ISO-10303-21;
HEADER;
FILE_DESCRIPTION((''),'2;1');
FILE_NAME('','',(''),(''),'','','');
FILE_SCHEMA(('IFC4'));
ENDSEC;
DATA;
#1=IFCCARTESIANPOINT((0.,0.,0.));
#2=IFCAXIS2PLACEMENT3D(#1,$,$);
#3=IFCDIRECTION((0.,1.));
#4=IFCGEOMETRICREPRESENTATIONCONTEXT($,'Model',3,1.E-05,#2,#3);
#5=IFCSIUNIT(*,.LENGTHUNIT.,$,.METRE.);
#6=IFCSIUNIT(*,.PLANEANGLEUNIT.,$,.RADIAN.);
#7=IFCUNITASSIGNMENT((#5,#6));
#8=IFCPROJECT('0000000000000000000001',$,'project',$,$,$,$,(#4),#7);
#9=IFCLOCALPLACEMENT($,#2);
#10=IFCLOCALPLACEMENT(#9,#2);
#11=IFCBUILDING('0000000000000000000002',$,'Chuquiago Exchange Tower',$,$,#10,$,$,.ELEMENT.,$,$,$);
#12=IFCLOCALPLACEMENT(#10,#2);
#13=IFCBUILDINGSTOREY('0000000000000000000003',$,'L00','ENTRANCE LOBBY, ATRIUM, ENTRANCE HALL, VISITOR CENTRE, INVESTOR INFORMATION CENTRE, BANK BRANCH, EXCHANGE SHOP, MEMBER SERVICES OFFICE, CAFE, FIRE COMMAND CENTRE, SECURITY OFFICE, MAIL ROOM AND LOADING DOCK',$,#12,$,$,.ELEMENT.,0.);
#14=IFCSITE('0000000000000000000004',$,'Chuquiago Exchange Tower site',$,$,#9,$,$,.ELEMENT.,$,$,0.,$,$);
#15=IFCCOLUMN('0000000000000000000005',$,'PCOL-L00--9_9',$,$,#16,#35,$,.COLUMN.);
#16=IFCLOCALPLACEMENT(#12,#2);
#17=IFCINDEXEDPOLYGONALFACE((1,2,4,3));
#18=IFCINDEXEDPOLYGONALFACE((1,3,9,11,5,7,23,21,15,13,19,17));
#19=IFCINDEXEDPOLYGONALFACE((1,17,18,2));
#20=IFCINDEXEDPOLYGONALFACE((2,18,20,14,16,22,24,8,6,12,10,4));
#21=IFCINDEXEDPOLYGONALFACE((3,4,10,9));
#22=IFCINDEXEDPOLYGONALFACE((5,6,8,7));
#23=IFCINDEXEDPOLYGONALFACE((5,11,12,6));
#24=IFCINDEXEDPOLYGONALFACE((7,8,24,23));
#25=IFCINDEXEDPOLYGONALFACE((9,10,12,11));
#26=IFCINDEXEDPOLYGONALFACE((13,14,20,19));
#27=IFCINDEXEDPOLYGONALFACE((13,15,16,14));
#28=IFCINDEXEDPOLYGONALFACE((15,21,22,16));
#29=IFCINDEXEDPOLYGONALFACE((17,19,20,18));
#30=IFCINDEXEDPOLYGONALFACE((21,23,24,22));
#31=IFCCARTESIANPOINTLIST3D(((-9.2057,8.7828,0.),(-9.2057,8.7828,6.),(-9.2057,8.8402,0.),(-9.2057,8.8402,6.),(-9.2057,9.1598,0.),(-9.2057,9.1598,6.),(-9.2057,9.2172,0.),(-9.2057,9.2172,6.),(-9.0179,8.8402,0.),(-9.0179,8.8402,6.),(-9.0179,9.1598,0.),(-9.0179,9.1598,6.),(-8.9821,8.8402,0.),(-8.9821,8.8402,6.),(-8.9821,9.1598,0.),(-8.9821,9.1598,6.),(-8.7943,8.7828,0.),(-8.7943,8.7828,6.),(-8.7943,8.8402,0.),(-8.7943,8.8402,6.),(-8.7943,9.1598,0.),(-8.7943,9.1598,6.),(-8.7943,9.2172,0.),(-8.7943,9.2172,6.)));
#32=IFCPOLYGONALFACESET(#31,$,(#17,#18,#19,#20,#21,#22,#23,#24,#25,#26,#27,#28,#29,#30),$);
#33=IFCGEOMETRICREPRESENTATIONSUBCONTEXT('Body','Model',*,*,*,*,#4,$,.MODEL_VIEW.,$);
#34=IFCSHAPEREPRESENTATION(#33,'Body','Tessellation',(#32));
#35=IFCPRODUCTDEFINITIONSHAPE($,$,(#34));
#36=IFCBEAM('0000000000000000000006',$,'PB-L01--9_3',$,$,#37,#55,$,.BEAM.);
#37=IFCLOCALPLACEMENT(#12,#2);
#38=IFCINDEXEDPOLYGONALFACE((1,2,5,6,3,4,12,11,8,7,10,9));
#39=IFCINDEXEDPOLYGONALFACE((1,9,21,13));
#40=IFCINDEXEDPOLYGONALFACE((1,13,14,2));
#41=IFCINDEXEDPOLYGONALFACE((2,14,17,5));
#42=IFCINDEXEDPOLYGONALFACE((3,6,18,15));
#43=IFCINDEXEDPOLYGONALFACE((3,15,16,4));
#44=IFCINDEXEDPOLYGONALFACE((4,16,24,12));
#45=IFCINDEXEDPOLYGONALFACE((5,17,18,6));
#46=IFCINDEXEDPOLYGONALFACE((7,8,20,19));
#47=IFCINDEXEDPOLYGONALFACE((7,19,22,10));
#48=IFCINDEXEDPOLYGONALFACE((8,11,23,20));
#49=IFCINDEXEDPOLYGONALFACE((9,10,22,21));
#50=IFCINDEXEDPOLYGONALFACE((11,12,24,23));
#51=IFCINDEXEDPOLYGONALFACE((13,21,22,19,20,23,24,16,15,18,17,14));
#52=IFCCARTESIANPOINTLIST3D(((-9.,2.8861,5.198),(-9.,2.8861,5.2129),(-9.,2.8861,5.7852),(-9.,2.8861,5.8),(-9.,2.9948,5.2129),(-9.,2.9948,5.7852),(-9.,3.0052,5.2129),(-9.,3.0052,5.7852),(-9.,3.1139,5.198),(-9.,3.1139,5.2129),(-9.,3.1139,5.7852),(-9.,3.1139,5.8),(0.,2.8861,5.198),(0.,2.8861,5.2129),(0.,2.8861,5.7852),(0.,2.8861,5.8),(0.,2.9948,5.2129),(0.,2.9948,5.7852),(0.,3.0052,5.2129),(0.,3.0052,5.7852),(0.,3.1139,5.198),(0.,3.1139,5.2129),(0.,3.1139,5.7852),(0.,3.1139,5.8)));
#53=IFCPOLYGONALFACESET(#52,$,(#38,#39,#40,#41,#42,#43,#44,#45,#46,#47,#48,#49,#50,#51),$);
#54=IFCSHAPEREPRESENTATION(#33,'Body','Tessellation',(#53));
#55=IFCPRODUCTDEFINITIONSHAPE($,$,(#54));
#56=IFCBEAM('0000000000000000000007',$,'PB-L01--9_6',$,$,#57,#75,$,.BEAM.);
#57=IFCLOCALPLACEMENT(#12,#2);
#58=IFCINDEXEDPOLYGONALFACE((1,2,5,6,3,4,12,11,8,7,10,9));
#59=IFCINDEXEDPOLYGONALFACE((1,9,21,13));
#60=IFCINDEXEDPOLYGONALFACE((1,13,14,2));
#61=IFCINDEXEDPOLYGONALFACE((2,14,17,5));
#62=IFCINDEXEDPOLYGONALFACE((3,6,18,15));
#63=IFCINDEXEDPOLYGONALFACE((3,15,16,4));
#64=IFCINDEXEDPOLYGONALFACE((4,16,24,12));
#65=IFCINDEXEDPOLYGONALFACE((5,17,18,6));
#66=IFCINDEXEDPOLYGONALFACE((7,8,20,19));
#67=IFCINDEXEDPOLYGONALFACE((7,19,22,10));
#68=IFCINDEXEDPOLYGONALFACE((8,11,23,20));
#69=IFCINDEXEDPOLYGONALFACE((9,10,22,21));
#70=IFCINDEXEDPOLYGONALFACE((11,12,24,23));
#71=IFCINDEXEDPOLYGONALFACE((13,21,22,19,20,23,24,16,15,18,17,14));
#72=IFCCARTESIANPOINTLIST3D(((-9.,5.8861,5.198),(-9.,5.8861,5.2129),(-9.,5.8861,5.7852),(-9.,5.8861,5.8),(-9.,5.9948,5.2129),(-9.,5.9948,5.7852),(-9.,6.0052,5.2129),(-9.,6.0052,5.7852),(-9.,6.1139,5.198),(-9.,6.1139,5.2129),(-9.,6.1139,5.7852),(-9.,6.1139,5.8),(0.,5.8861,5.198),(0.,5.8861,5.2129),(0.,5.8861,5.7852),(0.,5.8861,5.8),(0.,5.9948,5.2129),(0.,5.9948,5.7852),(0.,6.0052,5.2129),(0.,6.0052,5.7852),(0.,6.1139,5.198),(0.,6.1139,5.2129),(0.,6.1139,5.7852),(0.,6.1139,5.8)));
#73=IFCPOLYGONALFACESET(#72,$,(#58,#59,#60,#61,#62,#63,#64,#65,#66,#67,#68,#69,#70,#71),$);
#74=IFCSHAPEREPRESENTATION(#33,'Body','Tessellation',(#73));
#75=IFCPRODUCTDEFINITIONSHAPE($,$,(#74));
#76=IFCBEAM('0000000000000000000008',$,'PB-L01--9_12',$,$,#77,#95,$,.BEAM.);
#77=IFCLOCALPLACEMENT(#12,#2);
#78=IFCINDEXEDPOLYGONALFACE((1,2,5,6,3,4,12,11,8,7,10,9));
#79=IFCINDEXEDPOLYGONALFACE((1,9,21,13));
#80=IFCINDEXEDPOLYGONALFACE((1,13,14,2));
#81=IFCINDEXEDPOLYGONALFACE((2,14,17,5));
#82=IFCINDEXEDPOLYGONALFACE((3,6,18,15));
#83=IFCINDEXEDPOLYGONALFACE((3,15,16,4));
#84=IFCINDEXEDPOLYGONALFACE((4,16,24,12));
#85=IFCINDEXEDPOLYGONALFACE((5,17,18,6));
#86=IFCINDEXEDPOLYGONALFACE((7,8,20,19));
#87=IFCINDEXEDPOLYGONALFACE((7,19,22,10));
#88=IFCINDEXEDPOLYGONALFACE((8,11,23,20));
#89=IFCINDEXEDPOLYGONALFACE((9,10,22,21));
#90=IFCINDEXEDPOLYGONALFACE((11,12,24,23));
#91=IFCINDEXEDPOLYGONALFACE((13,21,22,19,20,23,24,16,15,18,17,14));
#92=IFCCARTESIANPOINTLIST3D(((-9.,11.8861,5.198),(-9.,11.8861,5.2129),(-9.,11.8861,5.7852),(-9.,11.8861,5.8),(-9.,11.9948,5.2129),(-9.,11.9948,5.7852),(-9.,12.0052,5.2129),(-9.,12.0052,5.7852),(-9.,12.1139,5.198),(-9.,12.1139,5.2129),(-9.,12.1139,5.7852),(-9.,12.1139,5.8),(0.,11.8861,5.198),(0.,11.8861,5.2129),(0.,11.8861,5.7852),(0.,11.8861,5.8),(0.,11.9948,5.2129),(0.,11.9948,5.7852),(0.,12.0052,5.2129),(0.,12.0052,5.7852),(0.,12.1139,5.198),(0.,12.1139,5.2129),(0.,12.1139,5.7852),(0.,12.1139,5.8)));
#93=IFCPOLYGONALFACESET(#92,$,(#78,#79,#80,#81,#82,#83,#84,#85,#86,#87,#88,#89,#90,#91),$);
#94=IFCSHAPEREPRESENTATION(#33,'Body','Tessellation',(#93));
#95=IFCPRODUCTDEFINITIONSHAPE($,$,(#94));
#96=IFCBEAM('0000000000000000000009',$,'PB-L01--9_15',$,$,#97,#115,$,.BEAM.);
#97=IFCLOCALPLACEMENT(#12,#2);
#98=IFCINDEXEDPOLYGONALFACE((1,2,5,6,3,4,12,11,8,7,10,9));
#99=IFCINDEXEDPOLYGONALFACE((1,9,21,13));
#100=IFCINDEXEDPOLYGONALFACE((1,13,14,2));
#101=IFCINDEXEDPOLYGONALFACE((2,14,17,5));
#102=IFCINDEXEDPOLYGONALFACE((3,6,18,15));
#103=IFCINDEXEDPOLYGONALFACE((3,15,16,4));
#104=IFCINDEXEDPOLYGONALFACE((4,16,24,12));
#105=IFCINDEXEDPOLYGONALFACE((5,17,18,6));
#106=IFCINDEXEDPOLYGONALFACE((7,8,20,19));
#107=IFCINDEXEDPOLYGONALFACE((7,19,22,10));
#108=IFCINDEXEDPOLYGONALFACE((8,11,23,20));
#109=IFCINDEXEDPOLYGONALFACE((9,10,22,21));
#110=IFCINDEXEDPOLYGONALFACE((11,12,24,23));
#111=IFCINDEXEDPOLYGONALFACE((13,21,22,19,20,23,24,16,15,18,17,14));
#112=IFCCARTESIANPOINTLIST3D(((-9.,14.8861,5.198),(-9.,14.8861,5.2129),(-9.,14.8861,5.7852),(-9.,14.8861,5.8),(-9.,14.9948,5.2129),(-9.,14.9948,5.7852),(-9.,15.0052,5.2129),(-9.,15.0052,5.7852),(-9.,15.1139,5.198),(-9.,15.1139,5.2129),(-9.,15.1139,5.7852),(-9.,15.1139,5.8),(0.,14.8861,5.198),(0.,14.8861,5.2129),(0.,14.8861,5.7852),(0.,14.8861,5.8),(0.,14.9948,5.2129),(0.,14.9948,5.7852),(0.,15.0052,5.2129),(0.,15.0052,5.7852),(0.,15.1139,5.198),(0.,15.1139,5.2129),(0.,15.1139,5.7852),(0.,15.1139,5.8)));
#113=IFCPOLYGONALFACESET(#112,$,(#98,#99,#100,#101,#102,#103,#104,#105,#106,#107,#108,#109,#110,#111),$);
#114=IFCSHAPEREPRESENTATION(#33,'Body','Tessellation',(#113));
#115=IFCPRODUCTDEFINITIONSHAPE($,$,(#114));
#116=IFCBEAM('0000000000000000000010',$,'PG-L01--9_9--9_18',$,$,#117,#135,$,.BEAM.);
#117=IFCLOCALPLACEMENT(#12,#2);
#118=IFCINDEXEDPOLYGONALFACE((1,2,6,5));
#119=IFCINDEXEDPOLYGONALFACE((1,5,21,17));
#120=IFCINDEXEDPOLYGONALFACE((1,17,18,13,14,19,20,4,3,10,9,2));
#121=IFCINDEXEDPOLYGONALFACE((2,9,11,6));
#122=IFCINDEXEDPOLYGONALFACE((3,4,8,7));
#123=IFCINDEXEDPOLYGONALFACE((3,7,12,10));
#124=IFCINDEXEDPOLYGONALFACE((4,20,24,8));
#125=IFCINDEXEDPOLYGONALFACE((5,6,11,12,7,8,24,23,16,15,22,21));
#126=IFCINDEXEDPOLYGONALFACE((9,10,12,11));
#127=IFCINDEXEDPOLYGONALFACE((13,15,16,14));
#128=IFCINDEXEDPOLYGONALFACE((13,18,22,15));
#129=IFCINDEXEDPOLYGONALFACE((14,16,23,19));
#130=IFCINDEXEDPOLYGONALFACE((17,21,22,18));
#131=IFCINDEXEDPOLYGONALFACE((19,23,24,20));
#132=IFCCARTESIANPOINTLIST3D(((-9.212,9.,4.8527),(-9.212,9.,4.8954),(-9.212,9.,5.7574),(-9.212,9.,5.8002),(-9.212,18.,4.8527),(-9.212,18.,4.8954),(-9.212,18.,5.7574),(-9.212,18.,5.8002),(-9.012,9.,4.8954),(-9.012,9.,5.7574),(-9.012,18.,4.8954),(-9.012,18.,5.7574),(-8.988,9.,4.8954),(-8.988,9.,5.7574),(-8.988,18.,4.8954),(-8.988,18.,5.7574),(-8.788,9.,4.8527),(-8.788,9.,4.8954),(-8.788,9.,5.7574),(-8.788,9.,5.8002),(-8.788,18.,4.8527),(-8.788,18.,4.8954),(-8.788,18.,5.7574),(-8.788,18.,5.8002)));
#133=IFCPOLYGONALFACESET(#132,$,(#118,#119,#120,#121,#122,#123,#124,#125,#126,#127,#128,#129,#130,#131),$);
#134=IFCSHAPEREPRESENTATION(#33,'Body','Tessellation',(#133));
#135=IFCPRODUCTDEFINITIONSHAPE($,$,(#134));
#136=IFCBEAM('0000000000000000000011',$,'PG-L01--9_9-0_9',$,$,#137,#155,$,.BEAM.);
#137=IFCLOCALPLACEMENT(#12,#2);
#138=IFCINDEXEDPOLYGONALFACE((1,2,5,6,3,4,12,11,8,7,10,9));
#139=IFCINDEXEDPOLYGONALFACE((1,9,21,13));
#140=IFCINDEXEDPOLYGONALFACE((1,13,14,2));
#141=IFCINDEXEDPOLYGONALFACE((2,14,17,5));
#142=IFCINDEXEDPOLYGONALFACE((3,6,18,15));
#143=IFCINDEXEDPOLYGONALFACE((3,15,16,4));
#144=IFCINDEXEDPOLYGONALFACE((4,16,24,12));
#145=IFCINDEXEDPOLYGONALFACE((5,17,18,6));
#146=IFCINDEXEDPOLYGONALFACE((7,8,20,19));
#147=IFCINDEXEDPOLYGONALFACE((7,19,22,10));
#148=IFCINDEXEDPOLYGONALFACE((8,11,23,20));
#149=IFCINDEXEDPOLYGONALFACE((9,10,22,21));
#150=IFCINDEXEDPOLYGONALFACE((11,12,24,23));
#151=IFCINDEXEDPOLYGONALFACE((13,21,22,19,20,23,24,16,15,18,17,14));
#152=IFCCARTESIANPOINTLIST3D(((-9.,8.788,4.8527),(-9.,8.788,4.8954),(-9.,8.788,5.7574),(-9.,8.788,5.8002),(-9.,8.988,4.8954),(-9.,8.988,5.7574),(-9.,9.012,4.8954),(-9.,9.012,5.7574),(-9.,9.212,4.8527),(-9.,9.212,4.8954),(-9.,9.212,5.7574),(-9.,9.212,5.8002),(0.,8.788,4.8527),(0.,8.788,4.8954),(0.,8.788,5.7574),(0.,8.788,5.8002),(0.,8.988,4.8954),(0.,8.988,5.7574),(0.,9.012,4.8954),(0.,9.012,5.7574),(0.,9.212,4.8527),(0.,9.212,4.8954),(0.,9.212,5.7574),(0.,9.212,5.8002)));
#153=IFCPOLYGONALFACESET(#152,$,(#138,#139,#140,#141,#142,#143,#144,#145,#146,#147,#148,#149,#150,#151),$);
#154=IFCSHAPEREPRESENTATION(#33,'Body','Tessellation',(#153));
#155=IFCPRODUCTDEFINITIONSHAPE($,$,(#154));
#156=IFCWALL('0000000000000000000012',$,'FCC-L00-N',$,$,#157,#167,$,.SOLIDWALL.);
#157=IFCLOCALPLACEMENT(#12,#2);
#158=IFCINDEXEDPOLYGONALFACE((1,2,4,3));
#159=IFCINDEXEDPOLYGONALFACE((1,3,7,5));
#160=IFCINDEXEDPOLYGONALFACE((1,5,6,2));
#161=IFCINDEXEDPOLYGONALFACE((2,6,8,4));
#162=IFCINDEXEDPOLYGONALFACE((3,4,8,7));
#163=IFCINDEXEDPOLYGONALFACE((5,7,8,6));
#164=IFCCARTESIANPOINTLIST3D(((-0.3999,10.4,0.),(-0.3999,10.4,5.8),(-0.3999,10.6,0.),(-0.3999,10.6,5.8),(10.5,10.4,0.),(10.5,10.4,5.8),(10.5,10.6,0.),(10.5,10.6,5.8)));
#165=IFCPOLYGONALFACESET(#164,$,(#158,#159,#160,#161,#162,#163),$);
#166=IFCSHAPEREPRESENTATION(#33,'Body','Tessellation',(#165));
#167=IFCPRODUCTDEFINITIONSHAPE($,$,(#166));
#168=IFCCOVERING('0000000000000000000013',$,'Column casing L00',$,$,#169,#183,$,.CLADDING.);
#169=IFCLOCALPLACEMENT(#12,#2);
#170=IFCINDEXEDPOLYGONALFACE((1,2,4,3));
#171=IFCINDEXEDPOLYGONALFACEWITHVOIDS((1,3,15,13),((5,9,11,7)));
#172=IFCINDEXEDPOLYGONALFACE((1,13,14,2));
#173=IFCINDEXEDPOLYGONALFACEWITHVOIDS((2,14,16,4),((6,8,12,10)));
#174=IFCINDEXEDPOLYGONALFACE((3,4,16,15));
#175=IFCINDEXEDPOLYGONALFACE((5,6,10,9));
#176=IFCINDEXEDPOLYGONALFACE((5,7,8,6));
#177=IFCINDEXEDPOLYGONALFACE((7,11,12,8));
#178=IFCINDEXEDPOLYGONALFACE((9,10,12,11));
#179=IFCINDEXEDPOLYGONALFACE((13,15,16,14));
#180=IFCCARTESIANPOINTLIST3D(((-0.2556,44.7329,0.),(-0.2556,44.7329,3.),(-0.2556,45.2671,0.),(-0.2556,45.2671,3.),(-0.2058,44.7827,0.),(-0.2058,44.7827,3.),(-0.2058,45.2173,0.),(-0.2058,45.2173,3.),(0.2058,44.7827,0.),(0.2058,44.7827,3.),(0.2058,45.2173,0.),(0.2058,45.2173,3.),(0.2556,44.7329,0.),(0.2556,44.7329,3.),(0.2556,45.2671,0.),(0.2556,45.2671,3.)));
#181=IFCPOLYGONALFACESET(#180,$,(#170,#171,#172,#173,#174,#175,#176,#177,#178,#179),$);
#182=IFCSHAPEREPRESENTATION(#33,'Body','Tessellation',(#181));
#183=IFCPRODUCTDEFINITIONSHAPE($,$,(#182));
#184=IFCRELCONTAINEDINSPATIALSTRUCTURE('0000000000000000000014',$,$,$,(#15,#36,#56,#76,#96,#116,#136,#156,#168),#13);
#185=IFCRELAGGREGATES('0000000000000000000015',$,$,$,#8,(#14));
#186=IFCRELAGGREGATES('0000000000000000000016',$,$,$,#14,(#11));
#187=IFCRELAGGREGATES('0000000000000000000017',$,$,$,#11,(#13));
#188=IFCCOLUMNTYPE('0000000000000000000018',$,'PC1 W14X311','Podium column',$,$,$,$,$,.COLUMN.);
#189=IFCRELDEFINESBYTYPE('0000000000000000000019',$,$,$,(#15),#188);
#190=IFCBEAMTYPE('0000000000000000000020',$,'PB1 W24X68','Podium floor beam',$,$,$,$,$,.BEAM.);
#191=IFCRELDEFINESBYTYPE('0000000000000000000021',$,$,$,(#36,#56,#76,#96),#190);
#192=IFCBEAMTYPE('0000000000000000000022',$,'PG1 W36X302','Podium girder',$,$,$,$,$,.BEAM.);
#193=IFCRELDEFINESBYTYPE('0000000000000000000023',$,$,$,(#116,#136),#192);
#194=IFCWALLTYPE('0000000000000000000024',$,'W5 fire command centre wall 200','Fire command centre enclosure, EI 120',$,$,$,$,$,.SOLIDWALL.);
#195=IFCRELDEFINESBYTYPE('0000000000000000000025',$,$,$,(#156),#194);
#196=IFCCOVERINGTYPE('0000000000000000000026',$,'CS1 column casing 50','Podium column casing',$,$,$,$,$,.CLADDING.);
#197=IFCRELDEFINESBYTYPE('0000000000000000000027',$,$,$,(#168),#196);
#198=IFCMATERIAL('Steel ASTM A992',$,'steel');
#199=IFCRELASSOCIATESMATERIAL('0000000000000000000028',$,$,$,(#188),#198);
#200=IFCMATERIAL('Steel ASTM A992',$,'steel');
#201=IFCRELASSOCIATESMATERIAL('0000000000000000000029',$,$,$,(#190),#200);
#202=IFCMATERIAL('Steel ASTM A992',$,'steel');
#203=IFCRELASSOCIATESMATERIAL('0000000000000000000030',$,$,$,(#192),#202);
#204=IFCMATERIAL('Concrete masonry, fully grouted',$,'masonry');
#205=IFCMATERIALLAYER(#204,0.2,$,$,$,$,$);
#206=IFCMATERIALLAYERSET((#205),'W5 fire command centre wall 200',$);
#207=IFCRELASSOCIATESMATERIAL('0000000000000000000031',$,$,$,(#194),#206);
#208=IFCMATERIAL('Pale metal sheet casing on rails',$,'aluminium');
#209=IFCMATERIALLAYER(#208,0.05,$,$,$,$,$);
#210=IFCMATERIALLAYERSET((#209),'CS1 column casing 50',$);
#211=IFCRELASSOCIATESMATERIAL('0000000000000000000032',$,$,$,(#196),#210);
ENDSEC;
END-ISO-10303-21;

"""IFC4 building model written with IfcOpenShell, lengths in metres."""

from ifc_helpers import new_model, si_unit, direction, frame, frame_2d, origin, origin_2d, place, context, subcontext, project, spatial, polyline, rectangle, i_section, outline, extrude, material, layer, layer_set, material_profile, profile_set, type_object, element, save


model = new_model("IFC4")

# Units and contexts
model_context = context("Model", 3, precision=1e-05, world=origin(), true_north=direction((0.0, 1.0)))
body_context = subcontext(model_context, "Body", "Model", "MODEL_VIEW")
ifc_project = project(units=[si_unit("LENGTHUNIT", "METRE"), si_unit("PLANEANGLEUNIT", "RADIAN")], contexts=[model_context])

# Site, building, storey
site_placement = place(None, origin())
site = spatial("IfcSite", under=ifc_project, at=site_placement, Name="Chuquiago Exchange Tower site", CompositionType="ELEMENT", RefElevation=0.0)
building_placement = place(site_placement, origin())
building = spatial("IfcBuilding", under=site, at=building_placement, Name="Chuquiago Exchange Tower", CompositionType="ELEMENT")
storey_placement = place(building_placement, origin())
storey = spatial("IfcBuildingStorey", under=building, at=storey_placement, Name="L00", Description="ENTRANCE LOBBY, ATRIUM, ENTRANCE HALL, VISITOR CENTRE, INVESTOR INFORMATION CENTRE, BANK BRANCH, EXCHANGE SHOP, MEMBER SERVICES OFFICE, CAFE, FIRE COMMAND CENTRE, SECURITY OFFICE, MAIL ROOM AND LOADING DOCK", CompositionType="ELEMENT", Elevation=0.0)

# Column
ifc_material_1 = material(Name="Steel ASTM A992", Category="steel")
ifc_material_profile_1 = material_profile(ifc_material_1, i_section(OverallWidth=0.4114, OverallDepth=0.4343, WebThickness=0.0359, FlangeThickness=0.0574, at=origin_2d()), Name="W14X311")
ifc_profile_set_1 = profile_set([ifc_material_profile_1], Name="Steel ASTM A992")
column_type = type_object("IfcColumnType", Name="PC1 W14X311", Description="Podium column", PredefinedType="COLUMN", material=ifc_profile_set_1)
column_placement = place(storey_placement, frame((-9.0, 9.0, 0.0), z_axis=(0.0, 0.0, 1.0), x_axis=(1.0, 0.0, 0.0)))
element("IfcColumn", 1, at=column_placement, inside=storey, type_object=column_type, Name="PCOL-L00--9_9", PredefinedType="COLUMN", context=body_context, shape_type="SweptSolid", body=[
    extrude(i_section(OverallWidth=0.4114, OverallDepth=0.4343, WebThickness=0.0359, FlangeThickness=0.0574, at=origin_2d()), origin(), (0.0, 0.0, 1.0), 6.0),
])

# Beams
ifc_material_2 = material(Name="Steel ASTM A992", Category="steel")
ifc_material_profile_2 = material_profile(ifc_material_2, i_section(OverallWidth=0.2278, OverallDepth=0.6021, WebThickness=0.0105, FlangeThickness=0.0149, at=origin_2d()), Name="W24X68")
ifc_profile_set_2 = profile_set([ifc_material_profile_2], Name="Steel ASTM A992")
beam_type_1 = type_object("IfcBeamType", Name="PB1 W24X68", Description="Podium floor beam", PredefinedType="BEAM", material=ifc_profile_set_2)
for number, where, z_axis, x_axis, name in (
    (2, (-9.0, 3.0, 5.499), (1.0, 0.0, 0.0), (0.0, 1.0, 0.0), "PB-L01--9_3"),
    (3, (-9.0, 6.0, 5.499), (1.0, 0.0, 0.0), (0.0, 1.0, 0.0), "PB-L01--9_6"),
    (4, (-9.0, 12.0, 5.499), (1.0, 0.0, 0.0), (0.0, 1.0, 0.0), "PB-L01--9_12"),
    (5, (-9.0, 15.0, 5.499), (1.0, 0.0, 0.0), (0.0, 1.0, 0.0), "PB-L01--9_15"),
):
    element("IfcBeam", number, at=place(storey_placement, frame(where, z_axis=z_axis, x_axis=x_axis)), inside=storey, type_object=beam_type_1, Name=name, PredefinedType="BEAM", context=body_context, shape_type="SweptSolid", body=[
        extrude(i_section(OverallWidth=0.2278, OverallDepth=0.6021, WebThickness=0.0105, FlangeThickness=0.0149, at=origin_2d()), origin(), (0.0, 0.0, 1.0), 9.0),
    ])
ifc_material_3 = material(Name="Steel ASTM A992", Category="steel")
ifc_material_profile_3 = material_profile(ifc_material_3, i_section(OverallWidth=0.4241, OverallDepth=0.9475, WebThickness=0.0239, FlangeThickness=0.0427, at=origin_2d()), Name="W36X302")
ifc_profile_set_3 = profile_set([ifc_material_profile_3], Name="Steel ASTM A992")
beam_type_2 = type_object("IfcBeamType", Name="PG1 W36X302", Description="Podium girder", PredefinedType="BEAM", material=ifc_profile_set_3)
for number, where, z_axis, x_axis, name in (
    (6, (-9.0, 9.0, 5.3264), (0.0, 1.0, 0.0), (-1.0, 0.0, 0.0), "PG-L01--9_9--9_18"),
    (7, (-9.0, 9.0, 5.3264), (1.0, 0.0, 0.0), (0.0, 1.0, 0.0), "PG-L01--9_9-0_9"),
):
    element("IfcBeam", number, at=place(storey_placement, frame(where, z_axis=z_axis, x_axis=x_axis)), inside=storey, type_object=beam_type_2, Name=name, PredefinedType="BEAM", context=body_context, shape_type="SweptSolid", body=[
        extrude(i_section(OverallWidth=0.4241, OverallDepth=0.9475, WebThickness=0.0239, FlangeThickness=0.0427, at=origin_2d()), origin(), (0.0, 0.0, 1.0), 9.0),
    ])

# Wall
ifc_material_4 = material(Name="Concrete masonry, fully grouted", Category="masonry")
ifc_layer_1 = layer(ifc_material_4, 0.2)
ifc_layer_set_1 = layer_set([ifc_layer_1], Name="W5 fire command centre wall 200")
wall_type = type_object("IfcWallType", Name="W5 fire command centre wall 200", Description="Fire command centre enclosure, EI 120", PredefinedType="SOLIDWALL", material=ifc_layer_set_1)
wall_placement = place(storey_placement, frame((-0.3999, 10.5, 0.0), z_axis=(0.0, 0.0, 1.0), x_axis=(1.0, 0.0, 0.0)))
element("IfcWall", 8, at=wall_placement, inside=storey, type_object=wall_type, Name="FCC-L00-N", PredefinedType="SOLIDWALL", context=body_context, shape_type="SweptSolid", body=[
    extrude(rectangle(XDim=10.8999, YDim=0.2, at=frame_2d((5.45, 0.0))), origin(), (0.0, 0.0, 1.0), 5.8),
])

# Covering
ifc_material_5 = material(Name="Pale metal sheet casing on rails", Category="aluminium")
ifc_layer_2 = layer(ifc_material_5, 0.05)
ifc_layer_set_2 = layer_set([ifc_layer_2], Name="CS1 column casing 50")
covering_type = type_object("IfcCoveringType", Name="CS1 column casing 50", Description="Podium column casing", PredefinedType="CLADDING", material=ifc_layer_set_2)
covering_1_placement = place(storey_placement, origin())
element("IfcCovering", 9, at=covering_1_placement, inside=storey, type_object=covering_type, Name="Column casing L00", PredefinedType="CLADDING", context=body_context, shape_type="SweptSolid", body=[
    extrude(outline(polyline([(-0.2556, 44.7329), (0.2556, 44.7329), (0.2556, 45.2671), (-0.2556, 45.2671), (-0.2556, 44.7329)]), holes=[polyline([(-0.2058, 44.7827), (-0.2058, 45.2173), (0.2058, 45.2173), (0.2058, 44.7827), (-0.2058, 44.7827)])]), origin(), (0.0, 0.0, 1.0), 3.0),
])

save(model, "model.ifc")
